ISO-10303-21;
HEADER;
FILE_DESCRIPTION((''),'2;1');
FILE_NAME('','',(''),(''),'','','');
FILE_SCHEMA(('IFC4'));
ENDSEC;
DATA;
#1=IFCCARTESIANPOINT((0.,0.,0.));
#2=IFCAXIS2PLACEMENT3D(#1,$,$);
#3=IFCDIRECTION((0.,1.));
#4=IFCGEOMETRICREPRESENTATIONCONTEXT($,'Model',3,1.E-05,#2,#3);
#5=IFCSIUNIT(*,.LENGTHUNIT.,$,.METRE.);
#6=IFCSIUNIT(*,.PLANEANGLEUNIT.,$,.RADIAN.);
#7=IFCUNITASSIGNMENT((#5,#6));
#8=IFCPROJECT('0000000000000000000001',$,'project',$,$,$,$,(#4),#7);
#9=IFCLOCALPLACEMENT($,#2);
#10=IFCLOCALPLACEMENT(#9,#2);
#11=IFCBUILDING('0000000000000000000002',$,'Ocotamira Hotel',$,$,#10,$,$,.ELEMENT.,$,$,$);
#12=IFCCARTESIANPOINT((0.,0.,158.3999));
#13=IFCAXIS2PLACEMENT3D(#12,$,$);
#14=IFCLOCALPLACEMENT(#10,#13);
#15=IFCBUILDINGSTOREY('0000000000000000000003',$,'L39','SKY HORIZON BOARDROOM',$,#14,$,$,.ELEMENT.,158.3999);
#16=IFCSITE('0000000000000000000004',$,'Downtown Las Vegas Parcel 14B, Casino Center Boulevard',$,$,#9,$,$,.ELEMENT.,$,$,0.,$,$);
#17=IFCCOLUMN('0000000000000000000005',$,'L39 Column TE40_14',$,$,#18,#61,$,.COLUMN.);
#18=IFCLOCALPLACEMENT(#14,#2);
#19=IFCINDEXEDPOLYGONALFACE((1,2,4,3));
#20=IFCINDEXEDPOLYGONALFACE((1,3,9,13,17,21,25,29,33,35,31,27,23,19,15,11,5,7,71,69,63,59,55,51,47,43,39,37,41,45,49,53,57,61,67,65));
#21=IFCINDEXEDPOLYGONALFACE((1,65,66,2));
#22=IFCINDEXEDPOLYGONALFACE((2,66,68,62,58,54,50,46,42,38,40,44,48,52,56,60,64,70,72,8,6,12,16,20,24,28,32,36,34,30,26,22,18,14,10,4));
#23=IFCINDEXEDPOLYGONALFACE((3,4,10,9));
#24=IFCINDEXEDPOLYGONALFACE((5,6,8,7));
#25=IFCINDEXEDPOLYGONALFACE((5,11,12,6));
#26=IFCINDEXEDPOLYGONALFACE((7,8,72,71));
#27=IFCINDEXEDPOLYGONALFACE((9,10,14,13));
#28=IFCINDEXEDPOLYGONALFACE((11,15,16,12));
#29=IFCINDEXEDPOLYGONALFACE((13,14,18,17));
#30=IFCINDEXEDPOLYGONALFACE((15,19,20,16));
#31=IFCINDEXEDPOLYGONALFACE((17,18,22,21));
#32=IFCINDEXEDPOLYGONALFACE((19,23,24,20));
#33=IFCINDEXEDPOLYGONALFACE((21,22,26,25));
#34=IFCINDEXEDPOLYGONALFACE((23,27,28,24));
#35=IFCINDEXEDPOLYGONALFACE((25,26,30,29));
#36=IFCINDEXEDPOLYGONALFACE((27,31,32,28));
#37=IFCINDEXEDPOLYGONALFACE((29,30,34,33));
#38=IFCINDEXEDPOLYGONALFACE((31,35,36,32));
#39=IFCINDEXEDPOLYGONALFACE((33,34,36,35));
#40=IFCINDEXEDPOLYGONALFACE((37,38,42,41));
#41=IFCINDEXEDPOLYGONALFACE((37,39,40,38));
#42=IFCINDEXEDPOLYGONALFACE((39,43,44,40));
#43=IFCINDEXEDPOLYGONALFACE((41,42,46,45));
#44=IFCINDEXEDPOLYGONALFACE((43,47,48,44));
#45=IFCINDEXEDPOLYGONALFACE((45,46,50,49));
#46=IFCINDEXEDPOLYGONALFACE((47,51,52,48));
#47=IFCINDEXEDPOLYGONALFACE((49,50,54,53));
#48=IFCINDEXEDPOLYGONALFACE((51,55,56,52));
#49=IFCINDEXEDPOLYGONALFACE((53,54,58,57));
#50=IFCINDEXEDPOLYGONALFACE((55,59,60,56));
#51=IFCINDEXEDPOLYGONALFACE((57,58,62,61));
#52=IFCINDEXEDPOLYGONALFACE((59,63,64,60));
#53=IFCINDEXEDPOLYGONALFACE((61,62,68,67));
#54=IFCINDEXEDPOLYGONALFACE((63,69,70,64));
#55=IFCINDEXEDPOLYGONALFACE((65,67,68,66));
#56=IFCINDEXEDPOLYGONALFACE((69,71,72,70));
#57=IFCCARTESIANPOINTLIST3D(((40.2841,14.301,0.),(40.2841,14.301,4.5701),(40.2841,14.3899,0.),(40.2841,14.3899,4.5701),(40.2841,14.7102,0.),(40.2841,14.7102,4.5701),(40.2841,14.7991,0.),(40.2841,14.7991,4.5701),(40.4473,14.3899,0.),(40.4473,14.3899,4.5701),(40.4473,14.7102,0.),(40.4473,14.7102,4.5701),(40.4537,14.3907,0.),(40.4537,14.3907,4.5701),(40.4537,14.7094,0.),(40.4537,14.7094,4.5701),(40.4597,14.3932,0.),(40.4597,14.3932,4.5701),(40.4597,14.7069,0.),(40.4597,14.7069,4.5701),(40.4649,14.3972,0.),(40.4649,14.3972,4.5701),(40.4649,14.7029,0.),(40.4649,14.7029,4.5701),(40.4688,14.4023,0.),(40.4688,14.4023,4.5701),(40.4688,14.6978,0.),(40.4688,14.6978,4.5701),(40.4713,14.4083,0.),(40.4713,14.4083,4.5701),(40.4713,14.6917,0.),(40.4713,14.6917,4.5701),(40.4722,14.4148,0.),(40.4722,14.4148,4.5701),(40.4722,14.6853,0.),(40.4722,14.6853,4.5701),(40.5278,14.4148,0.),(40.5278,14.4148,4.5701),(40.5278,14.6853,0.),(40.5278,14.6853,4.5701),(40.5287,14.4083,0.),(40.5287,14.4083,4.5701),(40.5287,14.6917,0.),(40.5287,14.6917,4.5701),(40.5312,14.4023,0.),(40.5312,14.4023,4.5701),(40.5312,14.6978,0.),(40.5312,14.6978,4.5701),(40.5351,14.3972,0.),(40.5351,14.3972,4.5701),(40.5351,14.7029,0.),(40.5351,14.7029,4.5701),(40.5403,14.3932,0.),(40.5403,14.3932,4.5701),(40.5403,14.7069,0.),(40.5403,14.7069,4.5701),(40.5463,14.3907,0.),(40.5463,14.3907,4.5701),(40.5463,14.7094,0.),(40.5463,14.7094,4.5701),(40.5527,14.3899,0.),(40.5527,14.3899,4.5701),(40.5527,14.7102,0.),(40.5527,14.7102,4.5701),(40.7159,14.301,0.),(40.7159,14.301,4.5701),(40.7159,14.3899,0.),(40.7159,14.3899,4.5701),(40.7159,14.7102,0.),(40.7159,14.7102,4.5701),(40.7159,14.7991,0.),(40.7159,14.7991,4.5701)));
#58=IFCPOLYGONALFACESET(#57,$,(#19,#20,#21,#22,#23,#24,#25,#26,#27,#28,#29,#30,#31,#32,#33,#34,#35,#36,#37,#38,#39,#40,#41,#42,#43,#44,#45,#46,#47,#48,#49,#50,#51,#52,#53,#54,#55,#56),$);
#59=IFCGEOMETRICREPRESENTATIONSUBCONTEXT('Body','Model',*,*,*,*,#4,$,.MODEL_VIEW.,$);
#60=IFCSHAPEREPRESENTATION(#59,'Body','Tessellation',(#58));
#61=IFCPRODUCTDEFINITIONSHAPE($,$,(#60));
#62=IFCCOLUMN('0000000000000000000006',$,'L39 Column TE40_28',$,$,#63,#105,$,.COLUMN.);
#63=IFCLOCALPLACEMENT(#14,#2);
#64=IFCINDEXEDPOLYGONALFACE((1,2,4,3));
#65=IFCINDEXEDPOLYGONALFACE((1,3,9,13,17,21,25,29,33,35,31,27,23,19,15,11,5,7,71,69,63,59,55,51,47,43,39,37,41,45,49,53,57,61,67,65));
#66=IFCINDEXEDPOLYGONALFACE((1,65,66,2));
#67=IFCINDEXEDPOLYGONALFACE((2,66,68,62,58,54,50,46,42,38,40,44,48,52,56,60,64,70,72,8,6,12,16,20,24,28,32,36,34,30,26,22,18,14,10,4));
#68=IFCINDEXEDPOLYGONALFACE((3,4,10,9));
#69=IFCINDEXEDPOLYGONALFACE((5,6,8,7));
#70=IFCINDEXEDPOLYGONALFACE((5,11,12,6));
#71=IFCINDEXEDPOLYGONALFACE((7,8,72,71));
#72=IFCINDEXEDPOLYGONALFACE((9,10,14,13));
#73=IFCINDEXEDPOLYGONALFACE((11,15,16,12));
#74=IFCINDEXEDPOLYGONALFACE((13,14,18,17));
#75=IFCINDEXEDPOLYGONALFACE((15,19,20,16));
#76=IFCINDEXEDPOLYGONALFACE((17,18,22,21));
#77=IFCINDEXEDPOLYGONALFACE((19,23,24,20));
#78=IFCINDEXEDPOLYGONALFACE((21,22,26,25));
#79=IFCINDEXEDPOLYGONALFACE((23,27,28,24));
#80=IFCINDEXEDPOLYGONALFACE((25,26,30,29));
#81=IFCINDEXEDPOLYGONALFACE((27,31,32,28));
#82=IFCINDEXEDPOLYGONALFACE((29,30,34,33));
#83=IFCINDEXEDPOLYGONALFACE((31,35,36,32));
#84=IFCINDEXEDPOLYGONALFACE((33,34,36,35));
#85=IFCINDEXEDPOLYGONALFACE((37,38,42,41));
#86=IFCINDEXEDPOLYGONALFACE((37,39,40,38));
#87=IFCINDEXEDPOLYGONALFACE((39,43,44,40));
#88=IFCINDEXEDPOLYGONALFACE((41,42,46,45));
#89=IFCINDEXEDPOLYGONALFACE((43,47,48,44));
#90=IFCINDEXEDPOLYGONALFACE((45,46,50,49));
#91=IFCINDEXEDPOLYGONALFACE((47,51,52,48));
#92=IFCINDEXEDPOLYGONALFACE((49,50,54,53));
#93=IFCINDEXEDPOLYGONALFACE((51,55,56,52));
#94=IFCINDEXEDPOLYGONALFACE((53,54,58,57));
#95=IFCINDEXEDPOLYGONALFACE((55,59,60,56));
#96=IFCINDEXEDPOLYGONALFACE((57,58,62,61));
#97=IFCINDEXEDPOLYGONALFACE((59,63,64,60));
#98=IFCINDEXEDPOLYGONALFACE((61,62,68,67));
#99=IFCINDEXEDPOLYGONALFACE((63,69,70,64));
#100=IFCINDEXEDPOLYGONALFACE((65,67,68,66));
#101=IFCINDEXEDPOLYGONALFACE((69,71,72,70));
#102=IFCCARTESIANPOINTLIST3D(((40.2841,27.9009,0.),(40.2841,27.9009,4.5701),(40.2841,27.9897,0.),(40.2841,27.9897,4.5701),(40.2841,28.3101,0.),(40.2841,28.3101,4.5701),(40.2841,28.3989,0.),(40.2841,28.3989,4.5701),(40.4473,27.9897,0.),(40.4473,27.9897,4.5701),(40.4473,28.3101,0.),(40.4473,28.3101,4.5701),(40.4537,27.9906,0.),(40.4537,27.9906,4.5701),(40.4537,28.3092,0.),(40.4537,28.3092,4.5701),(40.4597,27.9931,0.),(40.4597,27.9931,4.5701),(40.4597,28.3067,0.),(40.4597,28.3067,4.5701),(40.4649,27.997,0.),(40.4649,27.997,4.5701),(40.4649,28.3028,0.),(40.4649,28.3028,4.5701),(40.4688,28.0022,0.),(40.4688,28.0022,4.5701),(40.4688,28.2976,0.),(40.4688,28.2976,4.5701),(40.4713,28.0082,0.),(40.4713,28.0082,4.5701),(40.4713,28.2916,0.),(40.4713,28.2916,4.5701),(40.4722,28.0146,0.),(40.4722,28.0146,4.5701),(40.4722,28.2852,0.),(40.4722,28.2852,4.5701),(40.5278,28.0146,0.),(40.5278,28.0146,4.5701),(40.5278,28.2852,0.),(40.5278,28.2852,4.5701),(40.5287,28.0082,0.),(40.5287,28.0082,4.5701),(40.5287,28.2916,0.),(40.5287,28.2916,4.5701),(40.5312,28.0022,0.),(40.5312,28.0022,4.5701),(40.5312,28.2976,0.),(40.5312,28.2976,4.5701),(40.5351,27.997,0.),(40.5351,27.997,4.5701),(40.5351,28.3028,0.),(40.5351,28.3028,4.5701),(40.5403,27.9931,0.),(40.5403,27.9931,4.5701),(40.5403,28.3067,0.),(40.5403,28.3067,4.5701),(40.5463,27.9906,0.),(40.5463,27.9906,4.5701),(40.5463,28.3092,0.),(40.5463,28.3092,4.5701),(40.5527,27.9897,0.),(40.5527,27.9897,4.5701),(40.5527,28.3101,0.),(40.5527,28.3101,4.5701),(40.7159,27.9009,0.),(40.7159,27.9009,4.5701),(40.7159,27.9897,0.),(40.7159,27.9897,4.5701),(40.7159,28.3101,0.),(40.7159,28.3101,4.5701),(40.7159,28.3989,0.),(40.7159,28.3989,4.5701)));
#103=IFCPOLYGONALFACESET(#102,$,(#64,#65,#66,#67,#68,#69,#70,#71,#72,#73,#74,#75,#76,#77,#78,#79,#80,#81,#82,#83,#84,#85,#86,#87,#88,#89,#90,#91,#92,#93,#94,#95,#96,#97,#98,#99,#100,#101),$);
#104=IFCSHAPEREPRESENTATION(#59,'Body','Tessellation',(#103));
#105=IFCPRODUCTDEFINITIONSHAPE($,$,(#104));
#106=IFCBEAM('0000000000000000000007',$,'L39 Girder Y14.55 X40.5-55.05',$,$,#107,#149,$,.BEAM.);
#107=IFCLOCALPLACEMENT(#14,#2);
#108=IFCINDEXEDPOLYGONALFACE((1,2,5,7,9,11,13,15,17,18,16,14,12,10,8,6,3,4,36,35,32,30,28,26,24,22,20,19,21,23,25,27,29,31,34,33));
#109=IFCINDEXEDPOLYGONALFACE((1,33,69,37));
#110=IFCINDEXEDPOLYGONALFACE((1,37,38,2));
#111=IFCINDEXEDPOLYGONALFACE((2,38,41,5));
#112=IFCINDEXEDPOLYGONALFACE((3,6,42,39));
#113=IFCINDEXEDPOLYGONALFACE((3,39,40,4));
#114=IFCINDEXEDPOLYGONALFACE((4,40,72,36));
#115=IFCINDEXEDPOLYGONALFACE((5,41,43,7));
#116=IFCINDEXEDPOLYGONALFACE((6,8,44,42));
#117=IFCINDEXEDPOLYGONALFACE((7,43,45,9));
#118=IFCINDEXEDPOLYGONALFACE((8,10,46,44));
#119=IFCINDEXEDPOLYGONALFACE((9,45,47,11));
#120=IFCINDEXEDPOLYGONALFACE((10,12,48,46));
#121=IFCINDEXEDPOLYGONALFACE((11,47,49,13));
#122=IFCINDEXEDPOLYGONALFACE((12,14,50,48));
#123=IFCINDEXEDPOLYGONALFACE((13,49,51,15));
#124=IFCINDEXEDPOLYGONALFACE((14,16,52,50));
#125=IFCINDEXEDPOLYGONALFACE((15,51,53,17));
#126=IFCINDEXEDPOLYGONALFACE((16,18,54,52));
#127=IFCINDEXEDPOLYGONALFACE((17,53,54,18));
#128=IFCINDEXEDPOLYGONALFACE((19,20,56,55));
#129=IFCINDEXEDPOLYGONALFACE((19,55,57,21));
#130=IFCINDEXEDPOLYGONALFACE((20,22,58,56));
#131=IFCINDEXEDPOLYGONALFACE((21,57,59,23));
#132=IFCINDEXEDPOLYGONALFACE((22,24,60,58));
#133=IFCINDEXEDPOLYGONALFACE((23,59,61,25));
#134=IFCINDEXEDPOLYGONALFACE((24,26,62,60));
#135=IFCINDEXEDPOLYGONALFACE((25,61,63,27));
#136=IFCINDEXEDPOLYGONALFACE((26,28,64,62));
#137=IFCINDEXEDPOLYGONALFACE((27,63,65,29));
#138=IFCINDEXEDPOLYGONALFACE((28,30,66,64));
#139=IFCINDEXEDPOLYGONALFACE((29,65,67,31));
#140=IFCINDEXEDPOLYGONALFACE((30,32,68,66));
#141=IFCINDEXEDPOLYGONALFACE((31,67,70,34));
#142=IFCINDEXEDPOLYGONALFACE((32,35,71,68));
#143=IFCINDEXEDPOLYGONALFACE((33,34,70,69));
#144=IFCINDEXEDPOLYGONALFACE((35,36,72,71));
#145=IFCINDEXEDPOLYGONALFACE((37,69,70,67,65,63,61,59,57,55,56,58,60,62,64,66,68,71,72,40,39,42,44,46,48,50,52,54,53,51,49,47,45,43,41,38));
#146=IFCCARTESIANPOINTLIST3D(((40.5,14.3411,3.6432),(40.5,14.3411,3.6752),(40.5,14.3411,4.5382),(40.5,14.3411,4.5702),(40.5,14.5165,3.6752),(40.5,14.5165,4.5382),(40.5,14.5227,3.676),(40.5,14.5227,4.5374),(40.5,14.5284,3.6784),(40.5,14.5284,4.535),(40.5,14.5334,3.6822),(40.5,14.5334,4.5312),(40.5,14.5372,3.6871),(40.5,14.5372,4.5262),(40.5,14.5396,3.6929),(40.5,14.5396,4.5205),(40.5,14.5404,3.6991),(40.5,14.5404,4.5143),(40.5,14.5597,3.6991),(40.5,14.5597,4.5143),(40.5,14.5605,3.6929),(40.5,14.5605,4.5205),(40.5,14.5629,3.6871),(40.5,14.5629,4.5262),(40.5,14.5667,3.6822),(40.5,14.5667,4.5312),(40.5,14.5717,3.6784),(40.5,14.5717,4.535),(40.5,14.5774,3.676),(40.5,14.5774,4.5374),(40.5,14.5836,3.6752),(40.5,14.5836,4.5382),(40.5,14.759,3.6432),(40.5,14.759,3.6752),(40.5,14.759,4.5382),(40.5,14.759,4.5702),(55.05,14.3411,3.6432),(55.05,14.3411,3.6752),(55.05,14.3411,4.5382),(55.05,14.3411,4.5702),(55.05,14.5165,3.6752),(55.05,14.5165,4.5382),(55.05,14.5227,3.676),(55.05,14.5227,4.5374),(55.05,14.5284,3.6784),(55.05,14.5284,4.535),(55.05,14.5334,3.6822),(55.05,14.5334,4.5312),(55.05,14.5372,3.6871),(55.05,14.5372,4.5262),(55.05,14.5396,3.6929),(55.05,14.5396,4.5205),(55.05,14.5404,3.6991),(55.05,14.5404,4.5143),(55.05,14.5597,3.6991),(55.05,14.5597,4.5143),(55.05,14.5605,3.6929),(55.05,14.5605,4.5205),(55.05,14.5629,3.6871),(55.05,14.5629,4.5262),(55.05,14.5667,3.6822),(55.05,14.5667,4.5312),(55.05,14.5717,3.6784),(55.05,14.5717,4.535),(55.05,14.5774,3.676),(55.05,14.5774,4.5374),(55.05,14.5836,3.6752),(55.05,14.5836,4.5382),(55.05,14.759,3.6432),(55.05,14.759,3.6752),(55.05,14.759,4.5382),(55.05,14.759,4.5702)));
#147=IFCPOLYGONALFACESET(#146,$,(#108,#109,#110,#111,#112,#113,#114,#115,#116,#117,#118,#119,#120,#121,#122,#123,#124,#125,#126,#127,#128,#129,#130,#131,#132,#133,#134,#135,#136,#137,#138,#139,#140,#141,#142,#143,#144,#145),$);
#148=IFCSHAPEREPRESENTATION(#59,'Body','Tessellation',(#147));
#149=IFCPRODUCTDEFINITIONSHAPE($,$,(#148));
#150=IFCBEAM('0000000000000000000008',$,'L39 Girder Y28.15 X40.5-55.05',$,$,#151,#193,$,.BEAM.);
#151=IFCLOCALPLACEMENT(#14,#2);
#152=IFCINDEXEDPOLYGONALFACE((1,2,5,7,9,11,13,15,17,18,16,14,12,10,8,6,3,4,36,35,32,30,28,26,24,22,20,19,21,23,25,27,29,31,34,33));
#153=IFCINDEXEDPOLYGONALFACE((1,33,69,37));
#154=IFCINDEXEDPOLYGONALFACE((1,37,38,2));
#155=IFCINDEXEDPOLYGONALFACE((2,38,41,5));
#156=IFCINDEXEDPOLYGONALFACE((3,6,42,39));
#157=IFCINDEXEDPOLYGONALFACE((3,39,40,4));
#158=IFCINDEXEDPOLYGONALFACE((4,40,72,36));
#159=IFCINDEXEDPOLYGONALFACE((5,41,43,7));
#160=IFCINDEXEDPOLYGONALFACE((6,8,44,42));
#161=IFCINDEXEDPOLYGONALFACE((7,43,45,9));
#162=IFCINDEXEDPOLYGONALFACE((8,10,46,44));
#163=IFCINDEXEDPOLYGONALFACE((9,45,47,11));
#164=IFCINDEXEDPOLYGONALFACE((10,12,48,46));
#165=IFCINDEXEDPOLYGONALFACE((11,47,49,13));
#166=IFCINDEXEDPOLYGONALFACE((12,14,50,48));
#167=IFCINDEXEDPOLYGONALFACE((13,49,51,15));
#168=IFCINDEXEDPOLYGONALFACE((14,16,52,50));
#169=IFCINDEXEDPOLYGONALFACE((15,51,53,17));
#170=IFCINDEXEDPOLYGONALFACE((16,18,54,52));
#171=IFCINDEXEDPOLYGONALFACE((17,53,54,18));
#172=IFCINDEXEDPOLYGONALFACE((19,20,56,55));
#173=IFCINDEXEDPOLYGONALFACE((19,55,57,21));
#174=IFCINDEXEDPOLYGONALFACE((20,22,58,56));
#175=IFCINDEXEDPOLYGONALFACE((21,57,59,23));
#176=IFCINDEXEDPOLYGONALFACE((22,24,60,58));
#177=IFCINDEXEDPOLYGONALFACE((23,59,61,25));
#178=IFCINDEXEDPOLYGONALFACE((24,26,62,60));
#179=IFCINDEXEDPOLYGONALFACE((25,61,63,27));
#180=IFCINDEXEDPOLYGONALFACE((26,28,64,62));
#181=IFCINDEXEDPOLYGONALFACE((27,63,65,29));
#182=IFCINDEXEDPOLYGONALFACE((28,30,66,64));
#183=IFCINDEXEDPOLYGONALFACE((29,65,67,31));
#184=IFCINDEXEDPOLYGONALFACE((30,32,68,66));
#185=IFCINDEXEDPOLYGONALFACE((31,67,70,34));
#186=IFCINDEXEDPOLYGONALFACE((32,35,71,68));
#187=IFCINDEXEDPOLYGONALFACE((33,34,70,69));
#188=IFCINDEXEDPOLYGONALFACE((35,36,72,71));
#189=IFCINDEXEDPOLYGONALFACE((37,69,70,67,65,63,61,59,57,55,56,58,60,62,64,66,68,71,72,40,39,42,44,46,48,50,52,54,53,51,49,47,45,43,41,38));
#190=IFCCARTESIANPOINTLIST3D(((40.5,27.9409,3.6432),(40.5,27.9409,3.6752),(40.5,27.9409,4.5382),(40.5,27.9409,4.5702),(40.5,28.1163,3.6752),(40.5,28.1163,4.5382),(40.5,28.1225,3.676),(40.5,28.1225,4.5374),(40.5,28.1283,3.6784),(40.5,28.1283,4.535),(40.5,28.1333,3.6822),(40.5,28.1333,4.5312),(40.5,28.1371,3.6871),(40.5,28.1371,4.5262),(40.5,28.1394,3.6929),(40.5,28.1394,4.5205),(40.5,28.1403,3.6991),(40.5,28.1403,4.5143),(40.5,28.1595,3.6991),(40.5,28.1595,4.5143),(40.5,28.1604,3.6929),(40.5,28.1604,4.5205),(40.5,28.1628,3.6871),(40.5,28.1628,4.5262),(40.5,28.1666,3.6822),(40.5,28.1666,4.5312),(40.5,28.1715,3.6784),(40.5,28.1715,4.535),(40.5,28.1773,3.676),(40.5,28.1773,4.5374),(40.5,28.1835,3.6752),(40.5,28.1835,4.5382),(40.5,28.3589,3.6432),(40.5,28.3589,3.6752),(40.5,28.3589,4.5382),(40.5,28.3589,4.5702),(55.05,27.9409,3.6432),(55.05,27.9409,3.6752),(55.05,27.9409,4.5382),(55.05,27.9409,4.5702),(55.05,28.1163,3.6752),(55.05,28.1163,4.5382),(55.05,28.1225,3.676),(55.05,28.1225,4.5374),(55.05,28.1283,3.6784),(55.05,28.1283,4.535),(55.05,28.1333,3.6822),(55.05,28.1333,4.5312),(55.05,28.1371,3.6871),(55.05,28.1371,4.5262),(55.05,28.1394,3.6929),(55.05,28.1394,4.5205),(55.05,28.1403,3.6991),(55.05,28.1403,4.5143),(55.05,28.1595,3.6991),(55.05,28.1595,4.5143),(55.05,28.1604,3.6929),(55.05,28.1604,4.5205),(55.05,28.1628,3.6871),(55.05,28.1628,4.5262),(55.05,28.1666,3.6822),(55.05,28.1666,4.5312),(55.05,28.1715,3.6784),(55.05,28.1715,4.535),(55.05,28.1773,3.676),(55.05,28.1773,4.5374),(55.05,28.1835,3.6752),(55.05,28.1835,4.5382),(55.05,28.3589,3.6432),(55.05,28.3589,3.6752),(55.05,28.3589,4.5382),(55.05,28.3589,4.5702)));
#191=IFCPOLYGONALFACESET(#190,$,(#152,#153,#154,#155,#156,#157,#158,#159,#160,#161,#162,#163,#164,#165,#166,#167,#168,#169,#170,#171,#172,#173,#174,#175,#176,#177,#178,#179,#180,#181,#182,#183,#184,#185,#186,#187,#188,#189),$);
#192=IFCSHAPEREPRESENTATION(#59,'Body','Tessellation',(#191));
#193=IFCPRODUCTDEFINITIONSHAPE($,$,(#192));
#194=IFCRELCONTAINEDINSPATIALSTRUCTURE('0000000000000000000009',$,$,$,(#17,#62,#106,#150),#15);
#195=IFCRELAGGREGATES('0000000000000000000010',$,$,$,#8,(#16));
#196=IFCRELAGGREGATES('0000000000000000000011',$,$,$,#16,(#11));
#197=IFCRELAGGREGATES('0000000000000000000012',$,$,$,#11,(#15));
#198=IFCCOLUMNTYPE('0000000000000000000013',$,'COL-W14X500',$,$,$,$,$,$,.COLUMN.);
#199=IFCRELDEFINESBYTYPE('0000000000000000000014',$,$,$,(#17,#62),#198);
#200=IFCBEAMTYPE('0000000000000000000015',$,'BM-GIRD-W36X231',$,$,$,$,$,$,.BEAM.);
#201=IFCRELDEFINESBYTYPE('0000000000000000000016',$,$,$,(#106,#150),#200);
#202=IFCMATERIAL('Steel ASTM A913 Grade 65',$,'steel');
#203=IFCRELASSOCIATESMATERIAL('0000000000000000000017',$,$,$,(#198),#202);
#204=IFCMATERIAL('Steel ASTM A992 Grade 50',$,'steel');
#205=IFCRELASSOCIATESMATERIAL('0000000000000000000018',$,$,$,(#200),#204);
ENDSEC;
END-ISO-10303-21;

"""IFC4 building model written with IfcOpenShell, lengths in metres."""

from ifc_helpers import new_model, si_unit, direction, frame, origin, origin_2d, place, context, subcontext, project, spatial, i_section, extrude, source, transform, mapped, material, material_profile, profile_set, type_object, element, save


model = new_model("IFC4")

# Units and contexts
model_context = context("Model", 3, precision=1e-05, world=origin(), true_north=direction((0.0, 1.0)))
body_context = subcontext(model_context, "Body", "Model", "MODEL_VIEW")
ifc_project = project(units=[si_unit("LENGTHUNIT", "METRE"), si_unit("PLANEANGLEUNIT", "RADIAN")], contexts=[model_context])

# Site, building, storey
site_placement = place(None, origin())
site = spatial("IfcSite", under=ifc_project, at=site_placement, Name="Downtown Las Vegas Parcel 14B, Casino Center Boulevard", CompositionType="ELEMENT", RefElevation=0.0)
building_placement = place(site_placement, origin())
building = spatial("IfcBuilding", under=site, at=building_placement, Name="Ocotamira Hotel", CompositionType="ELEMENT")
storey_placement = place(building_placement, frame((0.0, 0.0, 158.3999)))
storey = spatial("IfcBuildingStorey", under=building, at=storey_placement, Name="L39", Description="SKY HORIZON BOARDROOM", CompositionType="ELEMENT", Elevation=158.3999)

# Columns
ifc_material_1 = material(Name="Steel ASTM A913 Grade 65", Category="steel")
ifc_material_profile_1 = material_profile(ifc_material_1, i_section(OverallWidth=0.4319, OverallDepth=0.498, WebThickness=0.0557, FlangeThickness=0.0889, FilletRadius=0.0249, at=origin_2d()), Name="W14X500")
ifc_profile_set_1 = profile_set([ifc_material_profile_1], Name="Steel ASTM A913 Grade 65")
column_type = type_object("IfcColumnType", Name="COL-W14X500", PredefinedType="COLUMN", material=ifc_profile_set_1)
shared_shape_1 = source(origin(), body_context, "Body", "SweptSolid", [
    extrude(i_section(OverallWidth=0.4319, OverallDepth=0.498, WebThickness=0.0557, FlangeThickness=0.0889, FilletRadius=0.0249, at=origin_2d()), origin(), (0.0, 0.0, 1.0), 4.5701),
])
for number, where, z_axis, x_axis, name in (
    (1, (40.5, 14.55, 0.0), (0.0, 0.0, 1.0), (1.0, 0.0, 0.0), "L39 Column TE40_14"),
    (2, (40.5, 28.1499, 0.0), (0.0, 0.0, 1.0), (1.0, 0.0, 0.0), "L39 Column TE40_28"),
):
    element("IfcColumn", number, at=place(storey_placement, frame(where, z_axis=z_axis, x_axis=x_axis)), inside=storey, type_object=column_type, Name=name, PredefinedType="COLUMN", context=body_context, shape_type="MappedRepresentation", body=[
        mapped(shared_shape_1, transform((0.0, 0.0, 0.0), scale=1.0)),
    ])

# Beams
ifc_material_2 = material(Name="Steel ASTM A992 Grade 50", Category="steel")
ifc_material_profile_2 = material_profile(ifc_material_2, i_section(OverallWidth=0.418, OverallDepth=0.927, WebThickness=0.0193, FlangeThickness=0.032, FilletRadius=0.0239, at=origin_2d()), Name="W36X231")
ifc_profile_set_2 = profile_set([ifc_material_profile_2], Name="Steel ASTM A992 Grade 50")
beam_type_1 = type_object("IfcBeamType", Name="BM-GIRD-W36X231", PredefinedType="BEAM", material=ifc_profile_set_2)
shared_shape_2 = source(origin(), body_context, "Body", "SweptSolid", [
    extrude(i_section(OverallWidth=0.418, OverallDepth=0.927, WebThickness=0.0193, FlangeThickness=0.032, FilletRadius=0.0239, at=origin_2d()), origin(), (0.0, 0.0, 1.0), 14.55),
])
for number, where, z_axis, x_axis, name in (
    (3, (40.5, 14.55, 4.1067), (1.0, 0.0, 0.0), (0.0, 1.0, 0.0), "L39 Girder Y14.55 X40.5-55.05"),
    (4, (40.5, 28.1499, 4.1067), (1.0, 0.0, 0.0), (0.0, 1.0, 0.0), "L39 Girder Y28.15 X40.5-55.05"),
):
    element("IfcBeam", number, at=place(storey_placement, frame(where, z_axis=z_axis, x_axis=x_axis)), inside=storey, type_object=beam_type_1, Name=name, PredefinedType="BEAM", context=body_context, shape_type="MappedRepresentation", body=[
        mapped(shared_shape_2, transform((0.0, 0.0, 0.0), scale=1.0)),
    ])

save(model, "model.ifc")
